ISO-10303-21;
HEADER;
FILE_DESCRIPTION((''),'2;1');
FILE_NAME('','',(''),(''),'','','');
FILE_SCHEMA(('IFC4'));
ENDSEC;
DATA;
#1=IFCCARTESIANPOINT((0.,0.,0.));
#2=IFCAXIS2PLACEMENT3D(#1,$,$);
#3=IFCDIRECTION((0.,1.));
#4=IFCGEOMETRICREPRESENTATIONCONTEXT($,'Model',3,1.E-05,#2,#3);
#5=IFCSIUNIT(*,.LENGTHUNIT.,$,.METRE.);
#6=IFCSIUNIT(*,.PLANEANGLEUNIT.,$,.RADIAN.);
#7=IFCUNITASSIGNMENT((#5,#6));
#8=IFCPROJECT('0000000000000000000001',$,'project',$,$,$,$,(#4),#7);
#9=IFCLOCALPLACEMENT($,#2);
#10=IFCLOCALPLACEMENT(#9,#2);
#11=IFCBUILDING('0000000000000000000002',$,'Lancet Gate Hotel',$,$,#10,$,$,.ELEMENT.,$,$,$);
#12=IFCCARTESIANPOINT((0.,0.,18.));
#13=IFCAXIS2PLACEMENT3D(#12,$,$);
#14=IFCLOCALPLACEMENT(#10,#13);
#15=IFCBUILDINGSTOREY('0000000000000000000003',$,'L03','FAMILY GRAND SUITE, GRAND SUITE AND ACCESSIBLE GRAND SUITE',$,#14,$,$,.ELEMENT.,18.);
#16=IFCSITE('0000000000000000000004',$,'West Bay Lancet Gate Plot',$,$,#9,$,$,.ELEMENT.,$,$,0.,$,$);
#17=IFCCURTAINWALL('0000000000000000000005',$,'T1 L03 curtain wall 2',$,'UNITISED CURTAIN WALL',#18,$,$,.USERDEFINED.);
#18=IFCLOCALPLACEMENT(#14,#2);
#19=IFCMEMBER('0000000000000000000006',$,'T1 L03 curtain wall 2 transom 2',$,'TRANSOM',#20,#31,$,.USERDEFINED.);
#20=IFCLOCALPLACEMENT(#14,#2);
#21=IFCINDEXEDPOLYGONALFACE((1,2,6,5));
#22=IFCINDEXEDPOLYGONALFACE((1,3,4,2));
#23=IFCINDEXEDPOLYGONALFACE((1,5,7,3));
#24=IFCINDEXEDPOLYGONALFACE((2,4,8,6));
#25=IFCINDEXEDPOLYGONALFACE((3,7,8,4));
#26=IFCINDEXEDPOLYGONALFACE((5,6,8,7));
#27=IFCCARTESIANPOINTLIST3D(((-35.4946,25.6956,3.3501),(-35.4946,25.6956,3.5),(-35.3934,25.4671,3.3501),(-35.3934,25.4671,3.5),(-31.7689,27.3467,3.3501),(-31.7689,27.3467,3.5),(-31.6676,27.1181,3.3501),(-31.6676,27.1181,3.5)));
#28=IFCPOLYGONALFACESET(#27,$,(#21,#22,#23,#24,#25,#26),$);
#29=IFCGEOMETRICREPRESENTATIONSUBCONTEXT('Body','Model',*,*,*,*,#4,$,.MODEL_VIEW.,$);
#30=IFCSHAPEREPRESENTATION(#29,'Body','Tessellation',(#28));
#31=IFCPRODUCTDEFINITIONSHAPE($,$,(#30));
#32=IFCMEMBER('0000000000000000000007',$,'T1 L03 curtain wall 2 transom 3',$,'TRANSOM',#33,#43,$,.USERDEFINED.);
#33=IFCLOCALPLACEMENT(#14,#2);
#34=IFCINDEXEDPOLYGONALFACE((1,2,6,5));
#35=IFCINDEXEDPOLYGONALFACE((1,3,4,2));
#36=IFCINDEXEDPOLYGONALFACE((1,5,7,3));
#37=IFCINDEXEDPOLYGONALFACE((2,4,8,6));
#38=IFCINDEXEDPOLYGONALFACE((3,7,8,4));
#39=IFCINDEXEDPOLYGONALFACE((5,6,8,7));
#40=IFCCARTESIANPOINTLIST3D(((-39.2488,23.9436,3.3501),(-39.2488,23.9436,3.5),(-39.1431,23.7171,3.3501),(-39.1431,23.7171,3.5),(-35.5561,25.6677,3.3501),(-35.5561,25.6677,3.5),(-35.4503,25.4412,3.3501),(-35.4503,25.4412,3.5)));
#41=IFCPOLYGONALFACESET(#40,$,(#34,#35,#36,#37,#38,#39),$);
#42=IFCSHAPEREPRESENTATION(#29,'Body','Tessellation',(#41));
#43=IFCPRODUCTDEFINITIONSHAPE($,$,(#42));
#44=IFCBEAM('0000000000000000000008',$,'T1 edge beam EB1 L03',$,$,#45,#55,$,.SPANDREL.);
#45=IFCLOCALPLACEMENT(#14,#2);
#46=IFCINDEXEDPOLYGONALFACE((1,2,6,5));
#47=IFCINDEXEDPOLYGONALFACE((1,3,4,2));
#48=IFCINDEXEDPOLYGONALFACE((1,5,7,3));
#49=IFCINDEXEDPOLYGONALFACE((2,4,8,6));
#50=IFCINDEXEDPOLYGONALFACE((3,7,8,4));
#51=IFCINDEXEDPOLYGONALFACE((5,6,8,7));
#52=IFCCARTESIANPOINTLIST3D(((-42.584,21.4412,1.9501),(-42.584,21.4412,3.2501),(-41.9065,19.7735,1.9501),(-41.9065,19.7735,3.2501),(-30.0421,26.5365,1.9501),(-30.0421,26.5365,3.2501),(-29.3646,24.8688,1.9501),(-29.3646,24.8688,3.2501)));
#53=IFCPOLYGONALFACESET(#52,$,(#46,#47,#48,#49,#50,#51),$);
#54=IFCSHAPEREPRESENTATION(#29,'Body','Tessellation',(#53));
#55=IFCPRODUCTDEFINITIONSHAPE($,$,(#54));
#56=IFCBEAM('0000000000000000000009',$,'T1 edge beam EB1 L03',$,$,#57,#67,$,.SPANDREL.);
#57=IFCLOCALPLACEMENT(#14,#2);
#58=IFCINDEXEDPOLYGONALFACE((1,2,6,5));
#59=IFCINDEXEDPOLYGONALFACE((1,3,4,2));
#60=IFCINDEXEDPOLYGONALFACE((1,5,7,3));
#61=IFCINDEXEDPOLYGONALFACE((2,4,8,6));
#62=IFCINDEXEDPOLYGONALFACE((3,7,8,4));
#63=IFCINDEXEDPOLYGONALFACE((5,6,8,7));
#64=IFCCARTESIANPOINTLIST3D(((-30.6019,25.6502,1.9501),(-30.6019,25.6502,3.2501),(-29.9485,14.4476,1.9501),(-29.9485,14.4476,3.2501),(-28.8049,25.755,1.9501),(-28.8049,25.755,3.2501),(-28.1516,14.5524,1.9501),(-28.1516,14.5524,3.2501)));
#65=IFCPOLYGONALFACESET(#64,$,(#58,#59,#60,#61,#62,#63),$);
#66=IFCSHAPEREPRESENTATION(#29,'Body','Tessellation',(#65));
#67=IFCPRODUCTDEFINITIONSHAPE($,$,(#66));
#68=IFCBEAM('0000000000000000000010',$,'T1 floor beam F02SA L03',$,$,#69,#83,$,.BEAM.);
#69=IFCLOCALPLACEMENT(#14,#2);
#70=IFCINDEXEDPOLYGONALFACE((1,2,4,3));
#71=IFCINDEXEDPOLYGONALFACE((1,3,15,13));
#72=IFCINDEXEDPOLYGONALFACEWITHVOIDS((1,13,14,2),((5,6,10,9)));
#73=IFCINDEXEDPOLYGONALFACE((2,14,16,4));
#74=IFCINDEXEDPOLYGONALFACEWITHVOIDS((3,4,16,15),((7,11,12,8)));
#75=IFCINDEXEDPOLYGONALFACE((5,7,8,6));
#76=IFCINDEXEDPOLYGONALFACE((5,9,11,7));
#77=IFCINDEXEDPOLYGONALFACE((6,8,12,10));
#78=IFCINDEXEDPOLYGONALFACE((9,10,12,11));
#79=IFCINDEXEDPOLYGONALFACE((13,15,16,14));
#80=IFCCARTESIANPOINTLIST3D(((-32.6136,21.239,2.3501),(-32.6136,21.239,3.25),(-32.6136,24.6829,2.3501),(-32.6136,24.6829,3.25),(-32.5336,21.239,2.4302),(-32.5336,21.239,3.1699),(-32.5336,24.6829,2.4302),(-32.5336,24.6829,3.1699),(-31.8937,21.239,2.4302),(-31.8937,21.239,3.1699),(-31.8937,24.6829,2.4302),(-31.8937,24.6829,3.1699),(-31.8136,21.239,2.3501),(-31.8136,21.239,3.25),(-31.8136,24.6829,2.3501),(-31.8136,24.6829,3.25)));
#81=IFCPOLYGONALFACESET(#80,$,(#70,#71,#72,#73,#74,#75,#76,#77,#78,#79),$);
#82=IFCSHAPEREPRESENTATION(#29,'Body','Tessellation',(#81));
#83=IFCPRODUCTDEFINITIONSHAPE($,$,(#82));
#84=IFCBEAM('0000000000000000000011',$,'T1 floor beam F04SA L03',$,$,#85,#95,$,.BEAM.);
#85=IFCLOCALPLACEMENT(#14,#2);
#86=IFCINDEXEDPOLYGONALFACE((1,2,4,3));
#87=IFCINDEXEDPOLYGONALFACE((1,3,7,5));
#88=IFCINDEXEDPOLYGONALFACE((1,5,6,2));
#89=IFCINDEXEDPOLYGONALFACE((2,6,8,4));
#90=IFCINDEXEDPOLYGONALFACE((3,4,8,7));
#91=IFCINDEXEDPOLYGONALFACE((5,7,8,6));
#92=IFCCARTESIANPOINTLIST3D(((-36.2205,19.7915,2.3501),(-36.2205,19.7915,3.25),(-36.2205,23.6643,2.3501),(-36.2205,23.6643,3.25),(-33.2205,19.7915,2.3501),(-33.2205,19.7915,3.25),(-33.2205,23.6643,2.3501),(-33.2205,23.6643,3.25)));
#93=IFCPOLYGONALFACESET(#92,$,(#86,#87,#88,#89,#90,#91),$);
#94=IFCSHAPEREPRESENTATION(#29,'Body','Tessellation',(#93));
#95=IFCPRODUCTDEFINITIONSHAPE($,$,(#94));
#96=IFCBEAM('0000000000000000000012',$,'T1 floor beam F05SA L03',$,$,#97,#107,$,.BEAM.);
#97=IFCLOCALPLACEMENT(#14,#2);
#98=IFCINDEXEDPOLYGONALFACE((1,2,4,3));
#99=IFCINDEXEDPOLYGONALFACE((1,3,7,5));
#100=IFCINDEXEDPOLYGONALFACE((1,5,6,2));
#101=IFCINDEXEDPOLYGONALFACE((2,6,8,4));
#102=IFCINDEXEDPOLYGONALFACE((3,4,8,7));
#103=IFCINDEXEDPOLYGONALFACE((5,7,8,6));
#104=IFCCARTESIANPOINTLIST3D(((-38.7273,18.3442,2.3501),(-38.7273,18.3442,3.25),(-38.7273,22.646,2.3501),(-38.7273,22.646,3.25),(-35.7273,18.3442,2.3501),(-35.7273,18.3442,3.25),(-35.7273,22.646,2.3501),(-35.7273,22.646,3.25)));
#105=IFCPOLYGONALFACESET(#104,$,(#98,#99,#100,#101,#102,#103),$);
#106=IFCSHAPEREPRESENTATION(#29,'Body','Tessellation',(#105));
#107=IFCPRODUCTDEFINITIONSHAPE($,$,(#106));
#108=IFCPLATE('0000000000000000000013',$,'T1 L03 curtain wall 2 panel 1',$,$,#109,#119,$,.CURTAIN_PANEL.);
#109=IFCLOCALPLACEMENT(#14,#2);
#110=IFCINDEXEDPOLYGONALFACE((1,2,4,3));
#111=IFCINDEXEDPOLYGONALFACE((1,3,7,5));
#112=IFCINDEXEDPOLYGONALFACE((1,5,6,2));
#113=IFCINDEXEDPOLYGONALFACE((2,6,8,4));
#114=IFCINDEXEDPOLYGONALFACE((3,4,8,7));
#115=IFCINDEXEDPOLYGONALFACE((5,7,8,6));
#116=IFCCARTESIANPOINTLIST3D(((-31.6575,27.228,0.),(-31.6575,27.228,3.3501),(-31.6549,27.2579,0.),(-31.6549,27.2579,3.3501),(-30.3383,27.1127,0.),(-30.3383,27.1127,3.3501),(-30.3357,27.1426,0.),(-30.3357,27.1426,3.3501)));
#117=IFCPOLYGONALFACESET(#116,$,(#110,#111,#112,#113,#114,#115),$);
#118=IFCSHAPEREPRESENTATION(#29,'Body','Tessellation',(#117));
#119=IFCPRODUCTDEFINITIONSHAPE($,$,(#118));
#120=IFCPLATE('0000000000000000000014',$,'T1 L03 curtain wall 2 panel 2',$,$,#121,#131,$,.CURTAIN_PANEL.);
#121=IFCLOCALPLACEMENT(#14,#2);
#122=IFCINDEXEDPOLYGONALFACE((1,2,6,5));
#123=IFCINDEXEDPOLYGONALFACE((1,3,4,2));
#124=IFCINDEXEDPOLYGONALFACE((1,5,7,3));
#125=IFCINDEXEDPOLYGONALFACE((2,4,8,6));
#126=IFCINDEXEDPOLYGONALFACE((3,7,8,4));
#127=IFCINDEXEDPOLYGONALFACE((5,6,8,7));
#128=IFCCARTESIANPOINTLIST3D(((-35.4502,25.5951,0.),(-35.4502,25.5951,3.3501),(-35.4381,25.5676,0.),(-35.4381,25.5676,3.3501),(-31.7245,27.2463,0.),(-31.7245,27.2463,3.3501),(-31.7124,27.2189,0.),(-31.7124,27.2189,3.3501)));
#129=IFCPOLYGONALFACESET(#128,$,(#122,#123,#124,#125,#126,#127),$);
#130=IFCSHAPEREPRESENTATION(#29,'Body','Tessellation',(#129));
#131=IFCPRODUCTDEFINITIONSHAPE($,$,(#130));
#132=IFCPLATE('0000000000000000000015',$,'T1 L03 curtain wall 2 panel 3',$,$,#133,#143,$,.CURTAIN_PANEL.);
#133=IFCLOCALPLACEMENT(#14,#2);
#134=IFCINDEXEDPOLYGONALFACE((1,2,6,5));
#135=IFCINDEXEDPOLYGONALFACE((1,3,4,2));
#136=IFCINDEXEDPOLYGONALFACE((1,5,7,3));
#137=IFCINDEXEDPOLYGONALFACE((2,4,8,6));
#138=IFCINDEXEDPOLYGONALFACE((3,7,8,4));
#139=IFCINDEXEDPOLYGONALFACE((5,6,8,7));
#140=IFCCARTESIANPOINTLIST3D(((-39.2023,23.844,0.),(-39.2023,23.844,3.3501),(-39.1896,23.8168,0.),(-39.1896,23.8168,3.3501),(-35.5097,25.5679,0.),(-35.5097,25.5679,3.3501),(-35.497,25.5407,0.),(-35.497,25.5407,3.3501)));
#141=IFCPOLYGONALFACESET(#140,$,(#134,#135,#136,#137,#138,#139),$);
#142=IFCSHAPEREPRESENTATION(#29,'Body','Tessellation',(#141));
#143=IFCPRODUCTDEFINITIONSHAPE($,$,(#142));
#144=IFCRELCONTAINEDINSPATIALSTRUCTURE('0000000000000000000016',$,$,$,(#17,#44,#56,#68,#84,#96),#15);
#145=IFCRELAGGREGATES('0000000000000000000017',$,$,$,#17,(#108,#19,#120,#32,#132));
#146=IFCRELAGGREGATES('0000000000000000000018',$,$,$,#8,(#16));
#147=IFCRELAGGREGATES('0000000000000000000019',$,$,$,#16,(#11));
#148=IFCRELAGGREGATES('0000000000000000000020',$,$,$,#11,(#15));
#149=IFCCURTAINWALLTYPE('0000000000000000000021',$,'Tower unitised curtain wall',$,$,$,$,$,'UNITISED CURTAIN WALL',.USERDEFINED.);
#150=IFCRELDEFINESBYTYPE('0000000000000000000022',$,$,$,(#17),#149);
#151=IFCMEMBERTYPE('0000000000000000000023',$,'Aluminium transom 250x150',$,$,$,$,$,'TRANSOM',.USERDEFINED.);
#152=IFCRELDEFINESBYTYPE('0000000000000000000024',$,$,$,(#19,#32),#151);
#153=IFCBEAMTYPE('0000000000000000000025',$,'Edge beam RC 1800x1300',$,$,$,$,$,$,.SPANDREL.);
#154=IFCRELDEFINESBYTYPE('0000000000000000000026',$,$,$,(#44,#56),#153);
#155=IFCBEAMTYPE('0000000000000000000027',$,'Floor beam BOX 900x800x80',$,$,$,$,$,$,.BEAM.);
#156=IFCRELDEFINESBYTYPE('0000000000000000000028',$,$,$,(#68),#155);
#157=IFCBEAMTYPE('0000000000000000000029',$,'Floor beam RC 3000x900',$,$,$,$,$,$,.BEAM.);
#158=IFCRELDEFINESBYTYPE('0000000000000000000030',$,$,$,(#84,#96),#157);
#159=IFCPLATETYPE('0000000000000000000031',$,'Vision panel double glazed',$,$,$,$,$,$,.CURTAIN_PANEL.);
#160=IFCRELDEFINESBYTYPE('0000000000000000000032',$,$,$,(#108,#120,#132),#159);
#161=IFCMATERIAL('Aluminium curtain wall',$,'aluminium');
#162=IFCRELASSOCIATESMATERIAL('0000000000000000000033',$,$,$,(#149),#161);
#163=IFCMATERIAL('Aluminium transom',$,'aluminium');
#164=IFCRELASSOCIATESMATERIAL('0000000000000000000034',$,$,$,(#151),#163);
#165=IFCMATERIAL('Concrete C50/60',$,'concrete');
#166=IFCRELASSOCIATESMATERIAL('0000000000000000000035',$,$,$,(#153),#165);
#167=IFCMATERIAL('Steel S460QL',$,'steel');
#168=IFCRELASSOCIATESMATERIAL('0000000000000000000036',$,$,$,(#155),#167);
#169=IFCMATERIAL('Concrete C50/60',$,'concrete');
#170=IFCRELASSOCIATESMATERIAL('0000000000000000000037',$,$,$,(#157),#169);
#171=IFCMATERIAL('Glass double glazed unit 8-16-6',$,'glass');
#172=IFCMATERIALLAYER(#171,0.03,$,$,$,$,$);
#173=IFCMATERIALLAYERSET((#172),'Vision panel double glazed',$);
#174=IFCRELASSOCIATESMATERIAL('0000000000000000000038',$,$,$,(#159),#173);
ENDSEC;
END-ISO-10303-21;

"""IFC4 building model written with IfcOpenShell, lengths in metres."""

from ifc_helpers import new_model, si_unit, direction, frame, origin, origin_2d, place, context, subcontext, project, spatial, rectangle, hollow_rectangle, extrude, material, layer, layer_set, material_profile, profile_set, type_object, element, aggregate, save


model = new_model("IFC4")

# Units and contexts
model_context = context("Model", 3, precision=1e-05, world=origin(), true_north=direction((0.0, 1.0)))
body_context = subcontext(model_context, "Body", "Model", "MODEL_VIEW")
ifc_project = project(units=[si_unit("LENGTHUNIT", "METRE"), si_unit("PLANEANGLEUNIT", "RADIAN")], contexts=[model_context])

# Site, building, storey
site_placement = place(None, origin())
site = spatial("IfcSite", under=ifc_project, at=site_placement, Name="West Bay Lancet Gate Plot", CompositionType="ELEMENT", RefElevation=0.0)
building_placement = place(site_placement, origin())
building = spatial("IfcBuilding", under=site, at=building_placement, Name="Lancet Gate Hotel", CompositionType="ELEMENT")
storey_placement = place(building_placement, frame((0.0, 0.0, 18.0)))
storey = spatial("IfcBuildingStorey", under=building, at=storey_placement, Name="L03", Description="FAMILY GRAND SUITE, GRAND SUITE AND ACCESSIBLE GRAND SUITE", CompositionType="ELEMENT", Elevation=18.0)

# Curtain wall, members
ifc_material_1 = material(Name="Aluminium curtain wall", Category="aluminium")
curtain_wall_type = type_object("IfcCurtainWallType", Name="Tower unitised curtain wall", ElementType="UNITISED CURTAIN WALL", PredefinedType="USERDEFINED", material=ifc_material_1)
curtain_wall_placement = place(storey_placement, origin())
curtain_wall = element("IfcCurtainWall", 1, at=curtain_wall_placement, inside=storey, type_object=curtain_wall_type, Name="T1 L03 curtain wall 2", ObjectType="UNITISED CURTAIN WALL", PredefinedType="USERDEFINED")
ifc_material_2 = material(Name="Aluminium transom", Category="aluminium")
ifc_material_profile_1 = material_profile(ifc_material_2, rectangle(XDim=0.25, YDim=0.1499, at=origin_2d()), Name="TRANSOM 250x150")
ifc_profile_set_1 = profile_set([ifc_material_profile_1], Name="Aluminium transom")
member_type_1 = type_object("IfcMemberType", Name="Aluminium transom 250x150", ElementType="TRANSOM", PredefinedType="USERDEFINED", material=ifc_profile_set_1)
member_1_placement = place(storey_placement, frame((-31.7183, 27.2324, 3.425), z_axis=(-0.914248, -0.405154, 0.0), x_axis=(0.405154, -0.914248, 0.0)))
member_1 = element("IfcMember", 2, at=member_1_placement, type_object=member_type_1, Name="T1 L03 curtain wall 2 transom 2", ObjectType="TRANSOM", PredefinedType="USERDEFINED", context=body_context, shape_type="SweptSolid", body=[
    extrude(rectangle(XDim=0.25, YDim=0.1499, at=origin_2d()), origin(), (0.0, 0.0, 1.0), 4.0752),
])
member_2_placement = place(storey_placement, frame((-35.5032, 25.5544, 3.425), z_axis=(-0.90611, -0.423043, 0.0), x_axis=(0.423043, -0.90611, 0.0)))
member_2 = element("IfcMember", 3, at=member_2_placement, type_object=member_type_1, Name="T1 L03 curtain wall 2 transom 3", ObjectType="TRANSOM", PredefinedType="USERDEFINED", context=body_context, shape_type="SweptSolid", body=[
    extrude(rectangle(XDim=0.25, YDim=0.1499, at=origin_2d()), origin(), (0.0, 0.0, 1.0), 4.0754),
])

# Beams
ifc_material_3 = material(Name="Concrete C50/60", Category="concrete")
ifc_material_profile_2 = material_profile(ifc_material_3, rectangle(XDim=1.8, YDim=1.3, at=origin_2d()), Name="RC 1800x1300")
ifc_profile_set_2 = profile_set([ifc_material_profile_2], Name="Concrete C50/60")
beam_type_1 = type_object("IfcBeamType", Name="Edge beam RC 1800x1300", PredefinedType="SPANDREL", material=ifc_profile_set_2)
beam_1_placement = place(storey_placement, frame((-29.7034, 25.7026, 2.6001), z_axis=(-0.926463, -0.376385, 0.0), x_axis=(0.376385, -0.926463, 0.0)))
element("IfcBeam", 4, at=beam_1_placement, inside=storey, type_object=beam_type_1, Name="T1 edge beam EB1 L03", PredefinedType="SPANDREL", context=body_context, shape_type="SweptSolid", body=[
    extrude(rectangle(XDim=1.8, YDim=1.3, at=origin_2d()), origin(), (0.0, 0.0, 1.0), 13.5374),
])
beam_2_placement = place(storey_placement, frame((-29.7034, 25.7026, 2.6001), z_axis=(0.05822, -0.998304, 0.0), x_axis=(0.998304, 0.05822, 0.0)))
element("IfcBeam", 5, at=beam_2_placement, inside=storey, type_object=beam_type_1, Name="T1 edge beam EB1 L03", PredefinedType="SPANDREL", context=body_context, shape_type="SweptSolid", body=[
    extrude(rectangle(XDim=1.8, YDim=1.3, at=origin_2d()), origin(), (0.0, 0.0, 1.0), 11.2217),
])
ifc_material_4 = material(Name="Steel S460QL", Category="steel")
ifc_material_profile_3 = material_profile(ifc_material_4, hollow_rectangle(XDim=0.8, YDim=0.8999, WallThickness=0.0801, at=origin_2d()), Name="BOX 900x800x80")
ifc_profile_set_3 = profile_set([ifc_material_profile_3], Name="Steel S460QL")
beam_type_2 = type_object("IfcBeamType", Name="Floor beam BOX 900x800x80", PredefinedType="BEAM", material=ifc_profile_set_3)
beam_3_placement = place(storey_placement, frame((-32.2136, 24.6829, 2.8), z_axis=(0.0, -1.0, 0.0), x_axis=(1.0, 0.0, 0.0)))
element("IfcBeam", 6, at=beam_3_placement, inside=storey, type_object=beam_type_2, Name="T1 floor beam F02SA L03", PredefinedType="BEAM", context=body_context, shape_type="SweptSolid", body=[
    extrude(hollow_rectangle(XDim=0.8, YDim=0.8999, WallThickness=0.0801, at=origin_2d()), origin(), (0.0, 0.0, 1.0), 3.4438),
])
ifc_material_5 = material(Name="Concrete C50/60", Category="concrete")
ifc_material_profile_4 = material_profile(ifc_material_5, rectangle(XDim=3.0, YDim=0.8999, at=origin_2d()), Name="RC 3000x900")
ifc_profile_set_4 = profile_set([ifc_material_profile_4], Name="Concrete C50/60")
beam_type_3 = type_object("IfcBeamType", Name="Floor beam RC 3000x900", PredefinedType="BEAM", material=ifc_profile_set_4)
beam_4_placement = place(storey_placement, frame((-34.7205, 23.6643, 2.8), z_axis=(0.0, -1.0, 0.0), x_axis=(1.0, 0.0, 0.0)))
element("IfcBeam", 7, at=beam_4_placement, inside=storey, type_object=beam_type_3, Name="T1 floor beam F04SA L03", PredefinedType="BEAM", context=body_context, shape_type="SweptSolid", body=[
    extrude(rectangle(XDim=3.0, YDim=0.8999, at=origin_2d()), origin(), (0.0, 0.0, 1.0), 3.8728),
])
beam_5_placement = place(storey_placement, frame((-37.2273, 22.646, 2.8), z_axis=(0.0, -1.0, 0.0), x_axis=(1.0, 0.0, 0.0)))
element("IfcBeam", 8, at=beam_5_placement, inside=storey, type_object=beam_type_3, Name="T1 floor beam F05SA L03", PredefinedType="BEAM", context=body_context, shape_type="SweptSolid", body=[
    extrude(rectangle(XDim=3.0, YDim=0.8999, at=origin_2d()), origin(), (0.0, 0.0, 1.0), 4.3018),
])

# Plates
ifc_material_6 = material(Name="Glass double glazed unit 8-16-6", Category="glass")
ifc_layer_1 = layer(ifc_material_6, 0.03)
ifc_layer_set_1 = layer_set([ifc_layer_1], Name="Vision panel double glazed")
plate_type = type_object("IfcPlateType", Name="Vision panel double glazed", PredefinedType="CURTAIN_PANEL", material=ifc_layer_set_1)
plate_1_placement = place(storey_placement, frame((-30.9966, 27.1853, 0.0), z_axis=(0.0, 0.0, 1.0), x_axis=(-0.996204, 0.087052, 0.0)))
plate_1 = element("IfcPlate", 9, at=plate_1_placement, type_object=plate_type, Name="T1 L03 curtain wall 2 panel 1", PredefinedType="CURTAIN_PANEL", context=body_context, shape_type="SweptSolid", body=[
    extrude(rectangle(XDim=1.3242, YDim=0.03, at=origin_2d()), origin(), (0.0, 0.0, 1.0), 3.3501),
])
plate_2_placement = place(storey_placement, frame((-33.5813, 26.407, 0.0), z_axis=(0.0, 0.0, 1.0), x_axis=(-0.914234, -0.405186, 0.0)))
plate_2 = element("IfcPlate", 10, at=plate_2_placement, type_object=plate_type, Name="T1 L03 curtain wall 2 panel 2", PredefinedType="CURTAIN_PANEL", context=body_context, shape_type="SweptSolid", body=[
    extrude(rectangle(XDim=4.0752, YDim=0.03, at=origin_2d()), origin(), (0.0, 0.0, 1.0), 3.3501),
])
plate_3_placement = place(storey_placement, frame((-37.3496, 24.6924, 0.0), z_axis=(0.0, 0.0, 1.0), x_axis=(-0.906118, -0.423026, 0.0)))
plate_3 = element("IfcPlate", 11, at=plate_3_placement, type_object=plate_type, Name="T1 L03 curtain wall 2 panel 3", PredefinedType="CURTAIN_PANEL", context=body_context, shape_type="SweptSolid", body=[
    extrude(rectangle(XDim=4.0752, YDim=0.03, at=origin_2d()), origin(), (0.0, 0.0, 1.0), 3.3501),
])
aggregate(curtain_wall, [plate_1, member_1, plate_2, member_2, plate_3])

save(model, "model.ifc")
